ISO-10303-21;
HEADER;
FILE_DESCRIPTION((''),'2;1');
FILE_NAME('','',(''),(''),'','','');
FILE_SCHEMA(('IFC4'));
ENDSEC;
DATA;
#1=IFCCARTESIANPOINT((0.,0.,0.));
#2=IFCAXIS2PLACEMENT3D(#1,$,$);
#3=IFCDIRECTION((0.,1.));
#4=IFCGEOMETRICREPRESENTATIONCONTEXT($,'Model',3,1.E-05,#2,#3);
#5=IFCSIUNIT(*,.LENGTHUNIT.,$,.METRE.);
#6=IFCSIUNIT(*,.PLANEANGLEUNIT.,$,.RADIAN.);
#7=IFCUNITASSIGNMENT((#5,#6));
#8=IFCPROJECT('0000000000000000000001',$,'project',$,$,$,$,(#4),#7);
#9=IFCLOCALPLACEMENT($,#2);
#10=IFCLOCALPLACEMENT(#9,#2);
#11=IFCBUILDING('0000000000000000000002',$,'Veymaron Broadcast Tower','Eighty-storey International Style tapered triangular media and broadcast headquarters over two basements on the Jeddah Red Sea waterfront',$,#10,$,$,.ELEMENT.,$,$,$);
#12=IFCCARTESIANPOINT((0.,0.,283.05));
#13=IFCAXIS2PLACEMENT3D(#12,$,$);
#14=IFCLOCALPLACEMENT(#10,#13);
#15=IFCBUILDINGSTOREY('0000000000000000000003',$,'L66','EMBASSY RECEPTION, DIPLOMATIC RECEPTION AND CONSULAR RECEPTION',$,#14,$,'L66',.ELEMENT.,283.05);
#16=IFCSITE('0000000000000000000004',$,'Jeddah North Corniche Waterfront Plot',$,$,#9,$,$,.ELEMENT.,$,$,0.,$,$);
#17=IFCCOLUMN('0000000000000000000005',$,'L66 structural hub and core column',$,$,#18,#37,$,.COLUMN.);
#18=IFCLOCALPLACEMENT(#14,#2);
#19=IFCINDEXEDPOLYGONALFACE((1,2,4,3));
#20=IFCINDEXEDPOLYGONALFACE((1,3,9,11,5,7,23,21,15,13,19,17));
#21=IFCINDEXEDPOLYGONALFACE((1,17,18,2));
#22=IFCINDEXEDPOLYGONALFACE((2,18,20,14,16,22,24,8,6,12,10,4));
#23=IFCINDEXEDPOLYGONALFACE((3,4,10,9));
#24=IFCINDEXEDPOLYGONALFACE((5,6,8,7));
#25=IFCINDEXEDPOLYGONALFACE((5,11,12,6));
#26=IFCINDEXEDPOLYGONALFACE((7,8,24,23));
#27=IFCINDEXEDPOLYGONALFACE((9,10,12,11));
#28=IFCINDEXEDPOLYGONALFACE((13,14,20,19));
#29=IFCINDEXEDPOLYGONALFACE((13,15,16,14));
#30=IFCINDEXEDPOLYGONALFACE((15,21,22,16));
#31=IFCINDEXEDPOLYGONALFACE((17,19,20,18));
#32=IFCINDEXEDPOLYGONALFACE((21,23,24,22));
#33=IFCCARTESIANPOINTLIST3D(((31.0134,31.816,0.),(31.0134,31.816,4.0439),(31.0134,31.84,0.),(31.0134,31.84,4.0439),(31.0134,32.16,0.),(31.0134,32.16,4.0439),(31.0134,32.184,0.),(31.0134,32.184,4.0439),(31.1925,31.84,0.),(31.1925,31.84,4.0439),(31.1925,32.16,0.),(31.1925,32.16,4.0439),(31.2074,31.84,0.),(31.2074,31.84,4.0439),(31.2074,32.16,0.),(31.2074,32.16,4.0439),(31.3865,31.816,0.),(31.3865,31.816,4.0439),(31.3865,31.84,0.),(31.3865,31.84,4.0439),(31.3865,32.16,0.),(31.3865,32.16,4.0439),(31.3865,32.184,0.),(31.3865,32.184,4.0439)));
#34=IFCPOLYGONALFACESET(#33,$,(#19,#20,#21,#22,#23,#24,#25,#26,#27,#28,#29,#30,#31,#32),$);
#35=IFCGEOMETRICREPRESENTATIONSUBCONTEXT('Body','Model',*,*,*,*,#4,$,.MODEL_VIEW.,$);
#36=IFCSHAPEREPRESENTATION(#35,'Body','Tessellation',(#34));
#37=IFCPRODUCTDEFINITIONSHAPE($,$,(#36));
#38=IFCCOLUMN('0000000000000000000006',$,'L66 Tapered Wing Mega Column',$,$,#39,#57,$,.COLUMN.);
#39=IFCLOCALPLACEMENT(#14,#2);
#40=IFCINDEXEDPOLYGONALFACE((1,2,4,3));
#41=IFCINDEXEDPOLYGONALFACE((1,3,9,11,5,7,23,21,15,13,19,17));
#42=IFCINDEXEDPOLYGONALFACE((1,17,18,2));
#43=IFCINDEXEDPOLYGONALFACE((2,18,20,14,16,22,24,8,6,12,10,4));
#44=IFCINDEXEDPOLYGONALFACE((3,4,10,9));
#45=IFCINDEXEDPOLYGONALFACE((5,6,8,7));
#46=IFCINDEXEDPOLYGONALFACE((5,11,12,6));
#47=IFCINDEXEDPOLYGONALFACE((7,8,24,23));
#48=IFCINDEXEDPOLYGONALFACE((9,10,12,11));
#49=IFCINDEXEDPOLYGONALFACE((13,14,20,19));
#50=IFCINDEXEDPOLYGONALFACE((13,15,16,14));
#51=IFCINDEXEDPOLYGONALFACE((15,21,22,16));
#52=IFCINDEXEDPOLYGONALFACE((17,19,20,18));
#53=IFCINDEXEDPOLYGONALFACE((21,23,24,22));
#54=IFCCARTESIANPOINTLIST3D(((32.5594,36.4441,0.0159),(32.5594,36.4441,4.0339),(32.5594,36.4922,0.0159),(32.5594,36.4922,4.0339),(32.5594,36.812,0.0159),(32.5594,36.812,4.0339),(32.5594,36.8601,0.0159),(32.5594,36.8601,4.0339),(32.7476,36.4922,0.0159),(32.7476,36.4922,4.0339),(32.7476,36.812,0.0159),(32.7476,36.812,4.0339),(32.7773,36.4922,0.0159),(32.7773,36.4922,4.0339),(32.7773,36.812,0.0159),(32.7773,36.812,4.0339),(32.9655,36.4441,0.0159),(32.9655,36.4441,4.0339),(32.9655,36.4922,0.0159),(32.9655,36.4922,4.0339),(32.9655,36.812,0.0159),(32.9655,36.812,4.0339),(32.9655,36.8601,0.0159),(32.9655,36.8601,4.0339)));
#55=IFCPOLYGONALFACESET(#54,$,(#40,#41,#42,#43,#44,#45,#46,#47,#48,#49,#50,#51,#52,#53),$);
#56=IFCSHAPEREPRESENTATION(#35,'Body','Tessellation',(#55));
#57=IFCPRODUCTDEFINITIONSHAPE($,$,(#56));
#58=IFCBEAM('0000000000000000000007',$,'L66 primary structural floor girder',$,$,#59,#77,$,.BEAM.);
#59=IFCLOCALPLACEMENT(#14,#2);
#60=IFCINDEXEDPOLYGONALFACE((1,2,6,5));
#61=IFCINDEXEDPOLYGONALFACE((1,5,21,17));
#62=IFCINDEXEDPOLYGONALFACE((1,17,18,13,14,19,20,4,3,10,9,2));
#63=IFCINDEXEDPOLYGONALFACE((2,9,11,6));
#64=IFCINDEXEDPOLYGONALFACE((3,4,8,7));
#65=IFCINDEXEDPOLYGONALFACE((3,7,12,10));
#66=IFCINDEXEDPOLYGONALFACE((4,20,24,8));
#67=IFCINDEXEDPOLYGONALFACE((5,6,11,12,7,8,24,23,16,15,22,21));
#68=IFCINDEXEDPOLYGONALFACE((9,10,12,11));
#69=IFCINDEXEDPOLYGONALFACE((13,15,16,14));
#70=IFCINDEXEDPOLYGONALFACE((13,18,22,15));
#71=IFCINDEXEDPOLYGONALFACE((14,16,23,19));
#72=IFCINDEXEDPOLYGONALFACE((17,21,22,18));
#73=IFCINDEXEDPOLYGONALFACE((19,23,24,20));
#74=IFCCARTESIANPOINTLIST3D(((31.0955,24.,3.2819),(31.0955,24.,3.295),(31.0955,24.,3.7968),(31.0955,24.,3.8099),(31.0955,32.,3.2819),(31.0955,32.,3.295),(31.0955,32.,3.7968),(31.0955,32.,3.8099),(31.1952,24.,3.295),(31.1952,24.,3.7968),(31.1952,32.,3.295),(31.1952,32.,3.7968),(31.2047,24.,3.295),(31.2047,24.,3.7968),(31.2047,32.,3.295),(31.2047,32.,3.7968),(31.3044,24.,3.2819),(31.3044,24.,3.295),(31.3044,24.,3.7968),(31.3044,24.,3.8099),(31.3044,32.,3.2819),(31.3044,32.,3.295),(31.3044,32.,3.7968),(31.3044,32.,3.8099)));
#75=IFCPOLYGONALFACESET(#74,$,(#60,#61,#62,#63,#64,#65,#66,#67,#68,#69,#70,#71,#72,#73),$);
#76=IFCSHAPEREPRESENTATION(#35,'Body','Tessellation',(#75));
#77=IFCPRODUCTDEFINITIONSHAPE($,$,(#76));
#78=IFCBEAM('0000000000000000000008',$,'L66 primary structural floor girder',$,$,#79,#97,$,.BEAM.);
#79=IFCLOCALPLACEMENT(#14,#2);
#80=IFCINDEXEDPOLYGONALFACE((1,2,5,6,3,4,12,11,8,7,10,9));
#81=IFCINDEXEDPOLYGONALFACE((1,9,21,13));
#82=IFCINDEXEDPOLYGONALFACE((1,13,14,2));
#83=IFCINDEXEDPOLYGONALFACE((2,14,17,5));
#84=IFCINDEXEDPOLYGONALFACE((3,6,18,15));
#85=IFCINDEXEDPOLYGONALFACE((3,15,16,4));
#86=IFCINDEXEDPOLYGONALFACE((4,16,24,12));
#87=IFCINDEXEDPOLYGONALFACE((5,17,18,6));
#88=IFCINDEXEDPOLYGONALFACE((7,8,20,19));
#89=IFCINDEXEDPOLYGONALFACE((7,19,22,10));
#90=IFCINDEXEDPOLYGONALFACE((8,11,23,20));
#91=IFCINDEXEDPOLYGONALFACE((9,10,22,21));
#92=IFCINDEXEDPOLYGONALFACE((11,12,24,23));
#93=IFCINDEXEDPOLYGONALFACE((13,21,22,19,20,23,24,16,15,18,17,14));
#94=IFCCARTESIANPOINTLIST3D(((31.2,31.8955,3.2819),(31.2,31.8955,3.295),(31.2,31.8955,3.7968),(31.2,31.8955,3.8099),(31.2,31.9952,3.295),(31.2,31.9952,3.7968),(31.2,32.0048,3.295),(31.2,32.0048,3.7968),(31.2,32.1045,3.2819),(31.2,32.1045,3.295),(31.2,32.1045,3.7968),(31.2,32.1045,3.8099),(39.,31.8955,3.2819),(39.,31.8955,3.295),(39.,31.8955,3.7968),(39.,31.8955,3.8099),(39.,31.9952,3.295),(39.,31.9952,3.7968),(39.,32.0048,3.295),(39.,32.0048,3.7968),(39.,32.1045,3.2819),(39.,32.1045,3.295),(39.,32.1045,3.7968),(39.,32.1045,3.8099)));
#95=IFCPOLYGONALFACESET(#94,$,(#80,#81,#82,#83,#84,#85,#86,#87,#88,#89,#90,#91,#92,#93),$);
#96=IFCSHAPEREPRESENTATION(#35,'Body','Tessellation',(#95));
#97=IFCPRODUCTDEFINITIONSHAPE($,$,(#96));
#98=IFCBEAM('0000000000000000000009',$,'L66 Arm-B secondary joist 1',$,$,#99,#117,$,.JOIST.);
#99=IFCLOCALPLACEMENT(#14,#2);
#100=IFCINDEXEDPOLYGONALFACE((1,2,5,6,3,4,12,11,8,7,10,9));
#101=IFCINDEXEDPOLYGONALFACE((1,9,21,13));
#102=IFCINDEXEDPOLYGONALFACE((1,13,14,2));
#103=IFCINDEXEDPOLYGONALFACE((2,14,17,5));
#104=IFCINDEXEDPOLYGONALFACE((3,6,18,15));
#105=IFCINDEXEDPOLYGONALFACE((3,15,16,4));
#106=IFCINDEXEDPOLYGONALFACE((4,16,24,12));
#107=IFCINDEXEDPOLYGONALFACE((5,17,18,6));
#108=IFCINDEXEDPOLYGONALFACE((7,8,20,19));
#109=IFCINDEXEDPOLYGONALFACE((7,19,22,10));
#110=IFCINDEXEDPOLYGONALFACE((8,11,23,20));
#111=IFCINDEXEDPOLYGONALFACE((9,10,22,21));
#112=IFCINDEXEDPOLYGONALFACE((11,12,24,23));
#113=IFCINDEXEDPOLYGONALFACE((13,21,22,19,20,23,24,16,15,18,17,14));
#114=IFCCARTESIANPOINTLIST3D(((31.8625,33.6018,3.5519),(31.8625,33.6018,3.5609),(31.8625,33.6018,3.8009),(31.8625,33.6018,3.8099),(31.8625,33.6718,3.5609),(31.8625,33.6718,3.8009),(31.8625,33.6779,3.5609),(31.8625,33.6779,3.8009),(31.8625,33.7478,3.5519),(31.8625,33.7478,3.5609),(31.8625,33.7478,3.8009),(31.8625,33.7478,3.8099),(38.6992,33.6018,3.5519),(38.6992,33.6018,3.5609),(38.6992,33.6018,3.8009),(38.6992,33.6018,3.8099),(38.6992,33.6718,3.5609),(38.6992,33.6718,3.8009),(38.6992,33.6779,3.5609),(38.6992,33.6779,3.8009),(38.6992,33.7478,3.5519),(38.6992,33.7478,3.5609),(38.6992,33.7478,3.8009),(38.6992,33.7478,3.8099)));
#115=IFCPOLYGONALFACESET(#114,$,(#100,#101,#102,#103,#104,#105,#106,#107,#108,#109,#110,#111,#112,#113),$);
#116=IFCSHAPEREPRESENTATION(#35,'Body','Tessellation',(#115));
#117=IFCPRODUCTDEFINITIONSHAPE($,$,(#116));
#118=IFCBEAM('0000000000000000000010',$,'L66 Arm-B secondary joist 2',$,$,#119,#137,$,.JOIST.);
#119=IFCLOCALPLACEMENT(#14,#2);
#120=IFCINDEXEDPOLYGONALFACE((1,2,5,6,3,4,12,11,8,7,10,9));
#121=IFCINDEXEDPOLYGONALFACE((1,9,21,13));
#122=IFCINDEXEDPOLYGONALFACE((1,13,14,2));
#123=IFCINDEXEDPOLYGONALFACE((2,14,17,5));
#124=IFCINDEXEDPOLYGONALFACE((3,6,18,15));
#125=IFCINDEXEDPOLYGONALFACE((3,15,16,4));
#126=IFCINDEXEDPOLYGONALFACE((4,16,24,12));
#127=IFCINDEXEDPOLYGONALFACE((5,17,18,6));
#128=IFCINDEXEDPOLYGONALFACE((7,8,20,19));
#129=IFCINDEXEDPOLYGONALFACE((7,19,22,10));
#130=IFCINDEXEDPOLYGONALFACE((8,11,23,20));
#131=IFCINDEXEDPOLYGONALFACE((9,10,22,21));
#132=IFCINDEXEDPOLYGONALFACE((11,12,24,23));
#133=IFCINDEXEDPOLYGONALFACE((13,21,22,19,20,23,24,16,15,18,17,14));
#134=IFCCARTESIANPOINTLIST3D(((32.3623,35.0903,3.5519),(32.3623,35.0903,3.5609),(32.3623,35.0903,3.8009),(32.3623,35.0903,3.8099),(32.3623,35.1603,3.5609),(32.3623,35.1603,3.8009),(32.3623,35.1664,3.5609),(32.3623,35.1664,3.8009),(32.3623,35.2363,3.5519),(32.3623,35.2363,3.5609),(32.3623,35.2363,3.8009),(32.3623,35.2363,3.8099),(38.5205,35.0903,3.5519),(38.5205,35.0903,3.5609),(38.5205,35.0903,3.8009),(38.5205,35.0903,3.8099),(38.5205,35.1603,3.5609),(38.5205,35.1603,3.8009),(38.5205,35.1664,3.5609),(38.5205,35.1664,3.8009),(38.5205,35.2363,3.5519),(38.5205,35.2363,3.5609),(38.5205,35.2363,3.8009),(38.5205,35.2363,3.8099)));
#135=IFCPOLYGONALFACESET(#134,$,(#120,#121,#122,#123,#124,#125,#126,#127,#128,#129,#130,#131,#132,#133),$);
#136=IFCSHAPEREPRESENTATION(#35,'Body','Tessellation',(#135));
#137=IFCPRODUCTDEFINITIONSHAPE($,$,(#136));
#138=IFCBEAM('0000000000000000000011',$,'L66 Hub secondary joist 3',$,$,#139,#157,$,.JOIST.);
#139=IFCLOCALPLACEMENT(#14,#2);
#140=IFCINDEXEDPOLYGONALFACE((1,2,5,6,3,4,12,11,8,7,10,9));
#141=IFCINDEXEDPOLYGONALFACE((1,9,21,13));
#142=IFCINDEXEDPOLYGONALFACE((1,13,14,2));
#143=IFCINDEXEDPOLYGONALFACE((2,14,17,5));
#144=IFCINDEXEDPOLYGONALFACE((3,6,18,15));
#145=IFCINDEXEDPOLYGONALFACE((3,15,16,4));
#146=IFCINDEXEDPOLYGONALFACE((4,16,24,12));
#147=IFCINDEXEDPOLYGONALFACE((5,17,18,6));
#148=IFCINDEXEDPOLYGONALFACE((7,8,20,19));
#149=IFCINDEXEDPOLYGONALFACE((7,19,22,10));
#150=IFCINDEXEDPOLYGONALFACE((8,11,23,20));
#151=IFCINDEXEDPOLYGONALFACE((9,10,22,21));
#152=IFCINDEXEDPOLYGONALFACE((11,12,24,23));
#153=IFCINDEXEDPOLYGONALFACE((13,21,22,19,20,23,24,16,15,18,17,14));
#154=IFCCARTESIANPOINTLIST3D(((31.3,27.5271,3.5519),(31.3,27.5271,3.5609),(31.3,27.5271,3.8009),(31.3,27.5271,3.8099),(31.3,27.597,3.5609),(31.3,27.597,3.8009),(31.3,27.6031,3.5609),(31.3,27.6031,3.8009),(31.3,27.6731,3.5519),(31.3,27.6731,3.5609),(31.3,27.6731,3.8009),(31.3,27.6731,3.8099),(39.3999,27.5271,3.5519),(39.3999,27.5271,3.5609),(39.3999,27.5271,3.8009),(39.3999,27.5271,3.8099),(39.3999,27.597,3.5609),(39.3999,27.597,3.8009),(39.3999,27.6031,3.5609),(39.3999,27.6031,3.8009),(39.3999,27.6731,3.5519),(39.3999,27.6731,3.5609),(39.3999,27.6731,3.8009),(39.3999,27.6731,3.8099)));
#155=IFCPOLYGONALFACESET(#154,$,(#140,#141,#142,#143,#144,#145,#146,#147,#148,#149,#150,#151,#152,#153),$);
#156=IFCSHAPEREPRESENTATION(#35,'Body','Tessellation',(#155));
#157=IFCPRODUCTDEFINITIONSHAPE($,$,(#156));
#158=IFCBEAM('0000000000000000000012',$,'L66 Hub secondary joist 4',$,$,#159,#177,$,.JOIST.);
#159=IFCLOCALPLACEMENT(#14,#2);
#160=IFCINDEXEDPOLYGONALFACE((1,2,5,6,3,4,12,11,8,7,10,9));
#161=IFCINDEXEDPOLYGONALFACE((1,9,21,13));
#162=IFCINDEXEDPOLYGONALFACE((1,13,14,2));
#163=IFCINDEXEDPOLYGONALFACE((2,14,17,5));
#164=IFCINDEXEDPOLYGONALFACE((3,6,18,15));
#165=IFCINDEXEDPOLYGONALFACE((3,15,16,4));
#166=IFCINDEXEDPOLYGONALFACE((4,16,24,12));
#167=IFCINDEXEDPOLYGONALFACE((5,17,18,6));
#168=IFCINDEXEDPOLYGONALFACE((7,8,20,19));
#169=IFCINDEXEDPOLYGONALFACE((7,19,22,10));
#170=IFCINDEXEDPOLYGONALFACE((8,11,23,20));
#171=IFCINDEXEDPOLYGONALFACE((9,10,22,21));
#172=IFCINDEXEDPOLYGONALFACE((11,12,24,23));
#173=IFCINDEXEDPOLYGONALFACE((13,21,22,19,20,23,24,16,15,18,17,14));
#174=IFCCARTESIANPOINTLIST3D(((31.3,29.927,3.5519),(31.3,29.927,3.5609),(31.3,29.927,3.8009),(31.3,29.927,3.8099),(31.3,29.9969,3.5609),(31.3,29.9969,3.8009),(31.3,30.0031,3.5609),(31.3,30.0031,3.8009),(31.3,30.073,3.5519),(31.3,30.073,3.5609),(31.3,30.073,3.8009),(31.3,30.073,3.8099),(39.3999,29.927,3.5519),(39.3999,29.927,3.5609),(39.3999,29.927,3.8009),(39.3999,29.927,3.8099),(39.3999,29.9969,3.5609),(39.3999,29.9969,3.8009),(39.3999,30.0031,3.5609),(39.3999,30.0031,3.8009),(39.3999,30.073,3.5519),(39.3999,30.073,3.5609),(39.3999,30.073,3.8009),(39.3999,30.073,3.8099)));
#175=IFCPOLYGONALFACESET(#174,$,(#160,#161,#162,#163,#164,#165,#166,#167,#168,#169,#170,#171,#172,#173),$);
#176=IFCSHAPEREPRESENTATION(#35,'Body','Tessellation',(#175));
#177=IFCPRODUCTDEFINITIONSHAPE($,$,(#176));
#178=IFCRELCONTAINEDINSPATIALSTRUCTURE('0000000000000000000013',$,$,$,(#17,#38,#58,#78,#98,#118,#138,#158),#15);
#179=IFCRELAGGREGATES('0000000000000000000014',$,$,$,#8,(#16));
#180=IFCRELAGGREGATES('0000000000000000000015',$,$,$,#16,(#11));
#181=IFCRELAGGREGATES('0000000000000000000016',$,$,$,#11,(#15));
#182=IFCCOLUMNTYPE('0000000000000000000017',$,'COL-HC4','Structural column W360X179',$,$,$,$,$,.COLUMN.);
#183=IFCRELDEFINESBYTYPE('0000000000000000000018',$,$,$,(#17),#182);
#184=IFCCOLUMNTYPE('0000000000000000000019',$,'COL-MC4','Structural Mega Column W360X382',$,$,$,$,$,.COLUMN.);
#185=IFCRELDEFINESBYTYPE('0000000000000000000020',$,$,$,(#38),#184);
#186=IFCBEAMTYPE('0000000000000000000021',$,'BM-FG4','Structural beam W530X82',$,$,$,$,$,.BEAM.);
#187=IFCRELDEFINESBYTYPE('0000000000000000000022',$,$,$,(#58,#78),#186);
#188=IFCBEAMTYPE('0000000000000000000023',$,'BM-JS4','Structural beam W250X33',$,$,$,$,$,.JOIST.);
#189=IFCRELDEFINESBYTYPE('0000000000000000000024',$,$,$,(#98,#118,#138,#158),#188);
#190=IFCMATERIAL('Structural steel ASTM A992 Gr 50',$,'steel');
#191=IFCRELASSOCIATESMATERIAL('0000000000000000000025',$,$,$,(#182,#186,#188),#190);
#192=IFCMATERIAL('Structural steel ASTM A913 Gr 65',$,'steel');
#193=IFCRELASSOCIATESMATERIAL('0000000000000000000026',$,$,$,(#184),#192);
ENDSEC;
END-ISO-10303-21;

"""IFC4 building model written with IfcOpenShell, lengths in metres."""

from ifc_helpers import new_model, si_unit, direction, frame, origin, origin_2d, place, context, subcontext, project, spatial, i_section, extrude, material, material_profile, profile_set, type_object, element, save


model = new_model("IFC4")

# Units and contexts
model_context = context("Model", 3, precision=1e-05, world=origin(), true_north=direction((0.0, 1.0)))
body_context = subcontext(model_context, "Body", "Model", "MODEL_VIEW")
ifc_project = project(units=[si_unit("LENGTHUNIT", "METRE"), si_unit("PLANEANGLEUNIT", "RADIAN")], contexts=[model_context])

# Site, building, storey
site_placement = place(None, origin())
site = spatial("IfcSite", under=ifc_project, at=site_placement, Name="Jeddah North Corniche Waterfront Plot", CompositionType="ELEMENT", RefElevation=0.0)
building_placement = place(site_placement, origin())
building = spatial("IfcBuilding", under=site, at=building_placement, Name="Veymaron Broadcast Tower", Description="Eighty-storey International Style tapered triangular media and broadcast headquarters over two basements on the Jeddah Red Sea waterfront", CompositionType="ELEMENT")
storey_placement = place(building_placement, frame((0.0, 0.0, 283.05)))
storey = spatial("IfcBuildingStorey", under=building, at=storey_placement, Name="L66", Description="EMBASSY RECEPTION, DIPLOMATIC RECEPTION AND CONSULAR RECEPTION", LongName="L66", CompositionType="ELEMENT", Elevation=283.05)

# Columns
ifc_material_1 = material(Name="Structural steel ASTM A992 Gr 50", Category="steel")
ifc_material_profile_1 = material_profile(ifc_material_1, i_section(OverallWidth=0.373, OverallDepth=0.3679, WebThickness=0.0149, FlangeThickness=0.0239, at=origin_2d()), Name="W360X179")
ifc_profile_set_1 = profile_set([ifc_material_profile_1], Name="Structural steel ASTM A992 Gr 50")
column_type_1 = type_object("IfcColumnType", Name="COL-HC4", Description="Structural column W360X179", PredefinedType="COLUMN", material=ifc_profile_set_1)
column_1_placement = place(storey_placement, frame((31.2, 32.0, 0.0), z_axis=(0.0, 0.0, 1.0), x_axis=(1.0, 0.0, 0.0)))
element("IfcColumn", 1, at=column_1_placement, inside=storey, type_object=column_type_1, Name="L66 structural hub and core column", PredefinedType="COLUMN", context=body_context, shape_type="SweptSolid", body=[
    extrude(i_section(OverallWidth=0.373, OverallDepth=0.3679, WebThickness=0.0149, FlangeThickness=0.0239, at=origin_2d()), origin(), (0.0, 0.0, 1.0), 4.0439),
])
ifc_material_2 = material(Name="Structural steel ASTM A913 Gr 65", Category="steel")
ifc_material_profile_2 = material_profile(ifc_material_2, i_section(OverallWidth=0.406, OverallDepth=0.416, WebThickness=0.0298, FlangeThickness=0.0481, at=origin_2d()), Name="W360X382")
ifc_profile_set_2 = profile_set([ifc_material_profile_2], Name="Structural steel ASTM A913 Gr 65")
column_type_2 = type_object("IfcColumnType", Name="COL-MC4", Description="Structural Mega Column W360X382", PredefinedType="COLUMN", material=ifc_profile_set_2)
column_2_placement = place(storey_placement, frame((32.7625, 36.6521, 0.0159), z_axis=(0.0, 0.0, 1.0), x_axis=(1.0, 0.0, 0.0)))
element("IfcColumn", 2, at=column_2_placement, inside=storey, type_object=column_type_2, Name="L66 Tapered Wing Mega Column", PredefinedType="COLUMN", context=body_context, shape_type="SweptSolid", body=[
    extrude(i_section(OverallWidth=0.406, OverallDepth=0.416, WebThickness=0.0298, FlangeThickness=0.0481, at=origin_2d()), origin(), (0.0, 0.0, 1.0), 4.0181),
])

# Beams
ifc_material_profile_3 = material_profile(ifc_material_1, i_section(OverallWidth=0.209, OverallDepth=0.5281, WebThickness=0.0095, FlangeThickness=0.0132, at=origin_2d()), Name="W530X82")
ifc_profile_set_3 = profile_set([ifc_material_profile_3], Name="Structural steel ASTM A992 Gr 50")
beam_type_1 = type_object("IfcBeamType", Name="BM-FG4", Description="Structural beam W530X82", PredefinedType="BEAM", material=ifc_profile_set_3)
beam_1_placement = place(storey_placement, frame((31.2, 24.0, 3.5459), z_axis=(0.0, 1.0, 0.0), x_axis=(-1.0, 0.0, 0.0)))
element("IfcBeam", 3, at=beam_1_placement, inside=storey, type_object=beam_type_1, Name="L66 primary structural floor girder", PredefinedType="BEAM", context=body_context, shape_type="SweptSolid", body=[
    extrude(i_section(OverallWidth=0.209, OverallDepth=0.5281, WebThickness=0.0095, FlangeThickness=0.0132, at=origin_2d()), origin(), (0.0, 0.0, 1.0), 8.0),
])
beam_2_placement = place(storey_placement, frame((31.2, 32.0, 3.5459), z_axis=(1.0, 0.0, 0.0), x_axis=(0.0, 1.0, 0.0)))
element("IfcBeam", 4, at=beam_2_placement, inside=storey, type_object=beam_type_1, Name="L66 primary structural floor girder", PredefinedType="BEAM", context=body_context, shape_type="SweptSolid", body=[
    extrude(i_section(OverallWidth=0.209, OverallDepth=0.5281, WebThickness=0.0095, FlangeThickness=0.0132, at=origin_2d()), origin(), (0.0, 0.0, 1.0), 7.8),
])
ifc_material_profile_4 = material_profile(ifc_material_1, i_section(OverallWidth=0.146, OverallDepth=0.2581, WebThickness=0.0061, FlangeThickness=0.009, at=origin_2d()), Name="W250X33")
ifc_profile_set_4 = profile_set([ifc_material_profile_4], Name="Structural steel ASTM A992 Gr 50")
beam_type_2 = type_object("IfcBeamType", Name="BM-JS4", Description="Structural beam W250X33", PredefinedType="JOIST", material=ifc_profile_set_4)
beam_3_placement = place(storey_placement, frame((31.8625, 33.6748, 3.6809), z_axis=(1.0, 0.0, 0.0), x_axis=(0.0, 1.0, 0.0)))
element("IfcBeam", 5, at=beam_3_placement, inside=storey, type_object=beam_type_2, Name="L66 Arm-B secondary joist 1", PredefinedType="JOIST", context=body_context, shape_type="SweptSolid", body=[
    extrude(i_section(OverallWidth=0.146, OverallDepth=0.2581, WebThickness=0.0061, FlangeThickness=0.009, at=origin_2d()), origin(), (0.0, 0.0, 1.0), 6.8367),
])
beam_4_placement = place(storey_placement, frame((32.3623, 35.1633, 3.6809), z_axis=(1.0, 0.0, 0.0), x_axis=(0.0, 1.0, 0.0)))
element("IfcBeam", 6, at=beam_4_placement, inside=storey, type_object=beam_type_2, Name="L66 Arm-B secondary joist 2", PredefinedType="JOIST", context=body_context, shape_type="SweptSolid", body=[
    extrude(i_section(OverallWidth=0.146, OverallDepth=0.2581, WebThickness=0.0061, FlangeThickness=0.009, at=origin_2d()), origin(), (0.0, 0.0, 1.0), 6.1582),
])
for number, where, z_axis, x_axis, name in (
    (7, (31.3, 27.6001, 3.6809), (1.0, 0.0, 0.0), (0.0, 1.0, 0.0), "L66 Hub secondary joist 3"),
    (8, (31.3, 30.0, 3.6809), (1.0, 0.0, 0.0), (0.0, 1.0, 0.0), "L66 Hub secondary joist 4"),
):
    element("IfcBeam", number, at=place(storey_placement, frame(where, z_axis=z_axis, x_axis=x_axis)), inside=storey, type_object=beam_type_2, Name=name, PredefinedType="JOIST", context=body_context, shape_type="SweptSolid", body=[
        extrude(i_section(OverallWidth=0.146, OverallDepth=0.2581, WebThickness=0.0061, FlangeThickness=0.009, at=origin_2d()), origin(), (0.0, 0.0, 1.0), 8.0999),
    ])

save(model, "model.ifc")
